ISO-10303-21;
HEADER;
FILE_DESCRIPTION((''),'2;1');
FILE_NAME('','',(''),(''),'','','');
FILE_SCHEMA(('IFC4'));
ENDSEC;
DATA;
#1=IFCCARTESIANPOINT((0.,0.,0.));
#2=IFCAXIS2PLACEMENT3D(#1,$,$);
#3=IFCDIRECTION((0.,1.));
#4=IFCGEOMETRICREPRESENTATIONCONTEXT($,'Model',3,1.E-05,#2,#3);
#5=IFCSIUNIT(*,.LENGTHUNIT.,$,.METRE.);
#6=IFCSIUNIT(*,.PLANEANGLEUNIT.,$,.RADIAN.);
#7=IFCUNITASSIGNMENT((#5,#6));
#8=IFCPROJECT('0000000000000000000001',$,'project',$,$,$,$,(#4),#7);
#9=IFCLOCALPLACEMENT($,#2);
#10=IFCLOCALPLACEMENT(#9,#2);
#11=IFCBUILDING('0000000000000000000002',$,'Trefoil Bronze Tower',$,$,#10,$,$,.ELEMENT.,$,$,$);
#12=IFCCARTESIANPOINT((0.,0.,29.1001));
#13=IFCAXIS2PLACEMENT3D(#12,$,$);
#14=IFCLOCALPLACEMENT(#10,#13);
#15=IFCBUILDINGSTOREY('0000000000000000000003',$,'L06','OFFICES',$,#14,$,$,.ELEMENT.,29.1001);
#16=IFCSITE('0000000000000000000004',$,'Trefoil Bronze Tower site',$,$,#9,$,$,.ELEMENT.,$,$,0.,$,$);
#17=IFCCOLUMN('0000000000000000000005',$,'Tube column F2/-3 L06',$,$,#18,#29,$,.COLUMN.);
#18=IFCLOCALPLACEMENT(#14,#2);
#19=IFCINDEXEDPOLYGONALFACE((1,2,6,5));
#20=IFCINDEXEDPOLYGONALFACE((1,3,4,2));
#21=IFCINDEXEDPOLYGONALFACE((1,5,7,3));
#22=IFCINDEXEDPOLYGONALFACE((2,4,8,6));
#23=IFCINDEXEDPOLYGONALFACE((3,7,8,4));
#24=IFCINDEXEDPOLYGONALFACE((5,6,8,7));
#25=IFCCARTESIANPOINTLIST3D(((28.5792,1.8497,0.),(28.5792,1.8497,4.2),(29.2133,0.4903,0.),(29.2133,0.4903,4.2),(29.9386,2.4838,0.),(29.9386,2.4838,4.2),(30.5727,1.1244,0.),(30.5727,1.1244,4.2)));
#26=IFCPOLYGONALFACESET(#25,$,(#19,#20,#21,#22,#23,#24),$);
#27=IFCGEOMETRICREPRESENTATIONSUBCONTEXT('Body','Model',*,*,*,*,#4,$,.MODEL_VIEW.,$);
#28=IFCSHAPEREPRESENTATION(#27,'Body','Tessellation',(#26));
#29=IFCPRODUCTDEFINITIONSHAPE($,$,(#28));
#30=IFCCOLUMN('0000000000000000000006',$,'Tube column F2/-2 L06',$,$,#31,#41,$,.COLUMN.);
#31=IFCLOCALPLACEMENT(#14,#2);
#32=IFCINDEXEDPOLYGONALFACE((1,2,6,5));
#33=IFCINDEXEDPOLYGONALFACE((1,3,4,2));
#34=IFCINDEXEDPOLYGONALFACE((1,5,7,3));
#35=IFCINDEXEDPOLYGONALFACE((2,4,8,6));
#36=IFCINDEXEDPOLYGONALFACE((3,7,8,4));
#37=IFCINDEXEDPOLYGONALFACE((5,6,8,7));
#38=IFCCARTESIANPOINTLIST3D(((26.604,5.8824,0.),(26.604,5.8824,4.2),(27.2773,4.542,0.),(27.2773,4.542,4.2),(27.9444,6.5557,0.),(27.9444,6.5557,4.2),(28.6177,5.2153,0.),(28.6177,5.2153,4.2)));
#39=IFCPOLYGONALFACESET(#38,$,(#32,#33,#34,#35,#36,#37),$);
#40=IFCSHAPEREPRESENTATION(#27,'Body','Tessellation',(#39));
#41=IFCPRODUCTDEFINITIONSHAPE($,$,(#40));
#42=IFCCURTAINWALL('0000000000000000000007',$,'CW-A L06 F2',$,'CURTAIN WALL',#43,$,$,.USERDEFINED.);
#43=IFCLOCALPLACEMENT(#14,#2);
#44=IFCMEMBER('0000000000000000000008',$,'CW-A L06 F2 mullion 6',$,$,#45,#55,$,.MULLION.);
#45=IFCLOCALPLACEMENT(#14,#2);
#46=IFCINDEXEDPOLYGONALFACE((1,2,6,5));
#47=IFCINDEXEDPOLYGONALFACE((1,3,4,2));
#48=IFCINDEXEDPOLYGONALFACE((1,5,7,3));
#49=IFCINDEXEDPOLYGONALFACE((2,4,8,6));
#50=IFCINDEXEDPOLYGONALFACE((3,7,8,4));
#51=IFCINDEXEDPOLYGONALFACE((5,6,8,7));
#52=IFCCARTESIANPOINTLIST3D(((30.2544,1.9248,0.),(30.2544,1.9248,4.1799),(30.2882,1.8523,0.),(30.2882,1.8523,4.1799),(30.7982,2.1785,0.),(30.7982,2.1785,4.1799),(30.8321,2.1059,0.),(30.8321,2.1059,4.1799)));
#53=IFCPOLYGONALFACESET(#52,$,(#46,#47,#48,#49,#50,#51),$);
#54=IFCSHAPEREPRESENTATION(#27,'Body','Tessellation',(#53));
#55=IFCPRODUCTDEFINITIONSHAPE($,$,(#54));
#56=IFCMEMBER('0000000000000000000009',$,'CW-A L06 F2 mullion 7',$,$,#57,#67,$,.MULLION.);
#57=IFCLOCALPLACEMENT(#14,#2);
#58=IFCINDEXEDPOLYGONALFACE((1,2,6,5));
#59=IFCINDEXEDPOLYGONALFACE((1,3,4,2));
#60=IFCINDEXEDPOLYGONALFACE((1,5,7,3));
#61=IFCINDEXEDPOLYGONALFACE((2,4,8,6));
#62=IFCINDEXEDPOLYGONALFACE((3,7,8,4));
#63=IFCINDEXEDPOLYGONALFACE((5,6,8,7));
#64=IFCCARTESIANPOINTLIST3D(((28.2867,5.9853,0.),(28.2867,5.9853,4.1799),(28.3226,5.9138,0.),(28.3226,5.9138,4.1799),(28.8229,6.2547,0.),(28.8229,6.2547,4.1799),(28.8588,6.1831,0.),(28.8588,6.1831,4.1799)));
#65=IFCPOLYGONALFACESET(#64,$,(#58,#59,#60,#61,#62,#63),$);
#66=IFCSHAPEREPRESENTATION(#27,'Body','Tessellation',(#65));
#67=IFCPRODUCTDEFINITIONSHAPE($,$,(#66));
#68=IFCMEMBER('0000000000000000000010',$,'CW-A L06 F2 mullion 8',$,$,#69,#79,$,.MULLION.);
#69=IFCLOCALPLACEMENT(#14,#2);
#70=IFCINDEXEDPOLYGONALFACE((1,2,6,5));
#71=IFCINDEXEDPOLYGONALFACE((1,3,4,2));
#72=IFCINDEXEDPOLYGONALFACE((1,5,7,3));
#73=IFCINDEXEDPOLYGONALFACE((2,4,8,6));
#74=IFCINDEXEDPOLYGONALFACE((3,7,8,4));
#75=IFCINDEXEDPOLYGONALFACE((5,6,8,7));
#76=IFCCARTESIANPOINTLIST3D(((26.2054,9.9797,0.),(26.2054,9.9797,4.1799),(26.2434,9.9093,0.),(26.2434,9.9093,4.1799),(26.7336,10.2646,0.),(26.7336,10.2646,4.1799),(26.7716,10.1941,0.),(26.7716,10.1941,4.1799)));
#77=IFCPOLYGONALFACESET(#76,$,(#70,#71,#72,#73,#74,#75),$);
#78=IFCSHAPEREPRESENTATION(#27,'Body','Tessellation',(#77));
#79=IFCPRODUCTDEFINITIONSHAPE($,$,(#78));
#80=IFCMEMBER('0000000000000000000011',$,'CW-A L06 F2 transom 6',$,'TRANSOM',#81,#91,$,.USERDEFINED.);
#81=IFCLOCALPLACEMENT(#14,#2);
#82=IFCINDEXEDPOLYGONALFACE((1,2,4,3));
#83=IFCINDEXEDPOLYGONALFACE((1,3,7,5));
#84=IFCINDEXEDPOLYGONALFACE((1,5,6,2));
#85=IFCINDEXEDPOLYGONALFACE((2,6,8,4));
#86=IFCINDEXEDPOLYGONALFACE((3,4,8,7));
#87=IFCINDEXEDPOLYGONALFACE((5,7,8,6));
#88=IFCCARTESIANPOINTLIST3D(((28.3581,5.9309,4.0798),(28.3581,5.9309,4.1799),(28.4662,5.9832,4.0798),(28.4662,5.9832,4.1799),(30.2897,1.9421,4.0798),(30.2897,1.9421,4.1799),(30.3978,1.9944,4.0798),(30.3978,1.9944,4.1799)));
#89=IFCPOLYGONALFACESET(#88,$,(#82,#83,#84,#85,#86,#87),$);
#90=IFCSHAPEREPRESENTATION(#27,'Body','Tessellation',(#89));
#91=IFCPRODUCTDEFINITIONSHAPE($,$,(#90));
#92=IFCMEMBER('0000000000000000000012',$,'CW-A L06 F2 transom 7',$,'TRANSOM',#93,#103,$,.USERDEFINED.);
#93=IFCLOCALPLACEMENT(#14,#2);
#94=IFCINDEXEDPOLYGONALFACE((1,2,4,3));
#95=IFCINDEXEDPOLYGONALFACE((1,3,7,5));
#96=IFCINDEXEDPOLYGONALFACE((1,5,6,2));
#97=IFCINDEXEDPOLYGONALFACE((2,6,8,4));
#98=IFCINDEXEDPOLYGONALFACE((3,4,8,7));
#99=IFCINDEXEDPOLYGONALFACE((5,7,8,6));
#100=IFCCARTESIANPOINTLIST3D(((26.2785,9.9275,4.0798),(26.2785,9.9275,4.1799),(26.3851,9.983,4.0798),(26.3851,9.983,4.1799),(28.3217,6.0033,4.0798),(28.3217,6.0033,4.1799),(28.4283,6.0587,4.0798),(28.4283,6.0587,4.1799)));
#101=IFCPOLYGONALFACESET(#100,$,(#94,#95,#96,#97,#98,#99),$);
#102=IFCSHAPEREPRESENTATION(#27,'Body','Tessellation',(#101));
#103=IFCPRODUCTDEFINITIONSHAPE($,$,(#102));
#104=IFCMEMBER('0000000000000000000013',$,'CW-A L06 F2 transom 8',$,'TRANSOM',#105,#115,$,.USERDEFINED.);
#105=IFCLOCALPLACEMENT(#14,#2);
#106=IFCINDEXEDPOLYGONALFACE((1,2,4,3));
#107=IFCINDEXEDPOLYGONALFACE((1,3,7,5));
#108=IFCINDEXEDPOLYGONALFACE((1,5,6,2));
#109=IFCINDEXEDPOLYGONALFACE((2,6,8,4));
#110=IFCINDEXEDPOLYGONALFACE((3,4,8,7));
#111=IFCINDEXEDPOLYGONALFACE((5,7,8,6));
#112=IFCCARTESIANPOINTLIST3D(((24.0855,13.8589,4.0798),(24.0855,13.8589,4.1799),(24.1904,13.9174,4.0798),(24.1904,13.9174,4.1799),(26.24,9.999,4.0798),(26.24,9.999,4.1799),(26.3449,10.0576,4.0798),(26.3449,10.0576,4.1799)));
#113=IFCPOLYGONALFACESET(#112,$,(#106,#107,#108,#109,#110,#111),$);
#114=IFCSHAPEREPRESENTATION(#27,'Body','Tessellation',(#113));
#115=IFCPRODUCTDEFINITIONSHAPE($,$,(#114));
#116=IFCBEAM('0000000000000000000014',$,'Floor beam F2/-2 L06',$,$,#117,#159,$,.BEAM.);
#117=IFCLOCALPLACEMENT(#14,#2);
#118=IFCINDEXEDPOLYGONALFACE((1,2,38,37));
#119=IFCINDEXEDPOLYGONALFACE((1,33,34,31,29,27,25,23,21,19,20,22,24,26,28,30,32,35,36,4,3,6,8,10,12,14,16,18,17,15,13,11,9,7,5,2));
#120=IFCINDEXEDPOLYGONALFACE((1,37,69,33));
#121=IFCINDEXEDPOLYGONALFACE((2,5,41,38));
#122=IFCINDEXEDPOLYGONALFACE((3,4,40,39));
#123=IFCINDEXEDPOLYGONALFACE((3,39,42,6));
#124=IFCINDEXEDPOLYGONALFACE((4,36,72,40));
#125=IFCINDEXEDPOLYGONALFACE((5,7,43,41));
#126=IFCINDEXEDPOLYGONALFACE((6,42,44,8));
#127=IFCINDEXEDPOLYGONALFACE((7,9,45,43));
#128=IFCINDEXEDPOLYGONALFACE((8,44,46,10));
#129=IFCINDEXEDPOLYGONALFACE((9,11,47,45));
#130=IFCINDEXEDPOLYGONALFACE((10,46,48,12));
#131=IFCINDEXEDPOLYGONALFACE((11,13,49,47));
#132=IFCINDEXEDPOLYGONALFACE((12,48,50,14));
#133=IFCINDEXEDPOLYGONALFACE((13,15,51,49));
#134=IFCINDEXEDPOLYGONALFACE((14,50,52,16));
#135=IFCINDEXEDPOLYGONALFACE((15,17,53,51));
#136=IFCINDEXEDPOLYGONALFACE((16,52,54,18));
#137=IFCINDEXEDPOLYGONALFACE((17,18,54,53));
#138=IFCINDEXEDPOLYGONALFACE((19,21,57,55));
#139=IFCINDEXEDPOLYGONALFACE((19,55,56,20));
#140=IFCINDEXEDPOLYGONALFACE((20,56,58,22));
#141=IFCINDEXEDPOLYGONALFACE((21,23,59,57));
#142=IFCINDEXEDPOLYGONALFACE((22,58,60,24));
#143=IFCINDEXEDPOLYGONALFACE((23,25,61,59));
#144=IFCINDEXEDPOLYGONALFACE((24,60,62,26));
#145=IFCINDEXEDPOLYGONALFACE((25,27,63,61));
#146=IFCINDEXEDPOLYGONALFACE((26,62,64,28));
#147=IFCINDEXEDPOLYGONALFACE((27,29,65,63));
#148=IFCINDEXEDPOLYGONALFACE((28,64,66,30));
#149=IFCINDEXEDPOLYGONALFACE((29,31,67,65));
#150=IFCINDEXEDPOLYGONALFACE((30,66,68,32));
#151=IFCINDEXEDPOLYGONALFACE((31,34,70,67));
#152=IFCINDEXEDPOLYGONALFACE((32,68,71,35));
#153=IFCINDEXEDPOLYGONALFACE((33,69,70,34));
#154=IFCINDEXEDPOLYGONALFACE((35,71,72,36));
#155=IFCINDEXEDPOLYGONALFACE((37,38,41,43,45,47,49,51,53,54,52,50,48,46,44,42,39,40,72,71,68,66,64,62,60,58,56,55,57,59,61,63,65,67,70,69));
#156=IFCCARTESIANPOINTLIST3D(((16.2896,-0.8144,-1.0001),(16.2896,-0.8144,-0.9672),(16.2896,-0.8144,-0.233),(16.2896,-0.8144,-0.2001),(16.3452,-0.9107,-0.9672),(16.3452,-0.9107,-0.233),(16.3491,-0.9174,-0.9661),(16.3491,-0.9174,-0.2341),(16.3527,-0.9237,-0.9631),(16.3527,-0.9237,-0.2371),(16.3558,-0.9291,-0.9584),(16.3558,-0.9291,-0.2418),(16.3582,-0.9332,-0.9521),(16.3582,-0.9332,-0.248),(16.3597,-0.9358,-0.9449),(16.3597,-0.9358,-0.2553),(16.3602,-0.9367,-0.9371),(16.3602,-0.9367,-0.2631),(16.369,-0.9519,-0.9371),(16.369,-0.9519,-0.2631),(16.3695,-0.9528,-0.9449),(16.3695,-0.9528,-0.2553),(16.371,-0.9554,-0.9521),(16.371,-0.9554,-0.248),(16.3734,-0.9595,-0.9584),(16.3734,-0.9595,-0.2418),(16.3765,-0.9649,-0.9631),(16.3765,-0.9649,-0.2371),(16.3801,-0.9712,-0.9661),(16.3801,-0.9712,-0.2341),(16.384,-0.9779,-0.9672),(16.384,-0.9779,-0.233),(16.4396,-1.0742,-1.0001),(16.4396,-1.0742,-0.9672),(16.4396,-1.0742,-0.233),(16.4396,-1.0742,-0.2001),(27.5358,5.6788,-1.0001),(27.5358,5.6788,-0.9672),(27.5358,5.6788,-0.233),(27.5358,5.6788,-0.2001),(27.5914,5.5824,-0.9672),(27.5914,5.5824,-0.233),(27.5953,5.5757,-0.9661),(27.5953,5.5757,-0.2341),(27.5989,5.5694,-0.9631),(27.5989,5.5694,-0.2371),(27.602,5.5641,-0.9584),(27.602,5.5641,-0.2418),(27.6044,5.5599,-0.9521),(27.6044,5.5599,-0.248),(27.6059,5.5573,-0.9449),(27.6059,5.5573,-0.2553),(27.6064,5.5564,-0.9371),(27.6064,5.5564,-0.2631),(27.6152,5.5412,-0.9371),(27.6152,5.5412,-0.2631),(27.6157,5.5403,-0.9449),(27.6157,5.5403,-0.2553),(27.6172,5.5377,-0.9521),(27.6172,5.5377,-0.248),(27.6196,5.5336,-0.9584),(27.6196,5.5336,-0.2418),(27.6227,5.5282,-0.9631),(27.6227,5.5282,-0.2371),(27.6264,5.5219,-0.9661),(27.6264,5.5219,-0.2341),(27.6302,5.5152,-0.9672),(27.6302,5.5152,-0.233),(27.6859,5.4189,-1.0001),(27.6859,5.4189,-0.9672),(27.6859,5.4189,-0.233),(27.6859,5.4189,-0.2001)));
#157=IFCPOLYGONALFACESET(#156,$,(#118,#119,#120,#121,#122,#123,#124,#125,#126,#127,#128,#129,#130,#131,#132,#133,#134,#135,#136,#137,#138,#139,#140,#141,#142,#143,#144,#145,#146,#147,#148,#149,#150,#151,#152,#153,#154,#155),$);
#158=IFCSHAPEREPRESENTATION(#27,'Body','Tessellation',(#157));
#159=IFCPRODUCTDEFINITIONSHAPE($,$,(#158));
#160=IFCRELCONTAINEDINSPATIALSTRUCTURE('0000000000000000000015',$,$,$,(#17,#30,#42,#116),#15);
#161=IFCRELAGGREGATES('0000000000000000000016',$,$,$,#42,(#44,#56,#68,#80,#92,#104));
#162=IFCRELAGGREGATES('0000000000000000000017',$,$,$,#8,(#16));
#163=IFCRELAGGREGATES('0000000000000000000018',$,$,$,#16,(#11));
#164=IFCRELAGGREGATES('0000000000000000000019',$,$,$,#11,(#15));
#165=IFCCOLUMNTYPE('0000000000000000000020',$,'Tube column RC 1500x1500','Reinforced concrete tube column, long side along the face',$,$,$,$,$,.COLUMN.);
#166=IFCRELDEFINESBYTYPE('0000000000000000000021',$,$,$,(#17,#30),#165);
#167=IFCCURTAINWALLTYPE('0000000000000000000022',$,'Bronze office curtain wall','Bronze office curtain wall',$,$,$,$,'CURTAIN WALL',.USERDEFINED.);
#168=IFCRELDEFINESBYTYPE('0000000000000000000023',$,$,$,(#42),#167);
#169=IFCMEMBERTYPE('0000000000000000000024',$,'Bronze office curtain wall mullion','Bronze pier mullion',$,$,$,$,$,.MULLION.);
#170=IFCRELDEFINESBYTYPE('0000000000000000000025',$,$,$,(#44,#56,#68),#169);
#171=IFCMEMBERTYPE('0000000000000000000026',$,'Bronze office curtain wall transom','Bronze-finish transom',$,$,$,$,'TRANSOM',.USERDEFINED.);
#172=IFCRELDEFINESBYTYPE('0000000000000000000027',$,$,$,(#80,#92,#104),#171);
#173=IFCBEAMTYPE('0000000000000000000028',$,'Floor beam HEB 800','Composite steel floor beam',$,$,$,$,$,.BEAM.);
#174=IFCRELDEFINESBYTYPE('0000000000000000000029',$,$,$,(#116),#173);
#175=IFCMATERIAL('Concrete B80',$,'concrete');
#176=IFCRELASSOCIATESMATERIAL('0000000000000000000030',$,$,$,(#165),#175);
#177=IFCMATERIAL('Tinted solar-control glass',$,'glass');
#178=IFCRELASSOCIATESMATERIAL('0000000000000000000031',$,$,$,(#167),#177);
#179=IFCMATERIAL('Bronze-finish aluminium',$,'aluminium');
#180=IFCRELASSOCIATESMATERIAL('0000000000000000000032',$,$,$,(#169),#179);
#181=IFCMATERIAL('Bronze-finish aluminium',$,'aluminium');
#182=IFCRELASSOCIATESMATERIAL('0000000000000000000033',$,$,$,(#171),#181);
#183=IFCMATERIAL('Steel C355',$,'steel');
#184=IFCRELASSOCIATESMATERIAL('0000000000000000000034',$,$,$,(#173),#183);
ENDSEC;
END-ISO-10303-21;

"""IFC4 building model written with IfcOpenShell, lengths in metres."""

from ifc_helpers import new_model, si_unit, direction, frame, origin, origin_2d, place, context, subcontext, project, spatial, rectangle, i_section, extrude, material, material_profile, profile_set, type_object, element, aggregate, save


model = new_model("IFC4")

# Units and contexts
model_context = context("Model", 3, precision=1e-05, world=origin(), true_north=direction((0.0, 1.0)))
body_context = subcontext(model_context, "Body", "Model", "MODEL_VIEW")
ifc_project = project(units=[si_unit("LENGTHUNIT", "METRE"), si_unit("PLANEANGLEUNIT", "RADIAN")], contexts=[model_context])

# Site, building, storey
site_placement = place(None, origin())
site = spatial("IfcSite", under=ifc_project, at=site_placement, Name="Trefoil Bronze Tower site", CompositionType="ELEMENT", RefElevation=0.0)
building_placement = place(site_placement, origin())
building = spatial("IfcBuilding", under=site, at=building_placement, Name="Trefoil Bronze Tower", CompositionType="ELEMENT")
storey_placement = place(building_placement, frame((0.0, 0.0, 29.1001)))
storey = spatial("IfcBuildingStorey", under=building, at=storey_placement, Name="L06", Description="OFFICES", CompositionType="ELEMENT", Elevation=29.1001)

# Columns
ifc_material_1 = material(Name="Concrete B80", Category="concrete")
ifc_material_profile_1 = material_profile(ifc_material_1, rectangle(XDim=1.5, YDim=1.5, at=origin_2d()), Name="RC 1500x1500")
ifc_profile_set_1 = profile_set([ifc_material_profile_1], Name="Concrete B80")
column_type = type_object("IfcColumnType", Name="Tube column RC 1500x1500", Description="Reinforced concrete tube column, long side along the face", PredefinedType="COLUMN", material=ifc_profile_set_1)
for number, where, z_axis, x_axis, name in (
    (1, (29.5759, 1.4871, 0.0), (0.0, 0.0, 1.0), (-0.422701, 0.906269, 0.0), "Tube column F2/-3 L06"),
    (2, (27.6108, 5.5488, 0.0), (0.0, 0.0, 1.0), (-0.44889, 0.893587, 0.0), "Tube column F2/-2 L06"),
):
    element("IfcColumn", number, at=place(storey_placement, frame(where, z_axis=z_axis, x_axis=x_axis)), inside=storey, type_object=column_type, Name=name, PredefinedType="COLUMN", context=body_context, shape_type="SweptSolid", body=[
        extrude(rectangle(XDim=1.5, YDim=1.5, at=origin_2d()), origin(), (0.0, 0.0, 1.0), 4.2),
    ])

# Curtain wall, members
ifc_material_2 = material(Name="Tinted solar-control glass", Category="glass")
curtain_wall_type = type_object("IfcCurtainWallType", Name="Bronze office curtain wall", Description="Bronze office curtain wall", ElementType="CURTAIN WALL", PredefinedType="USERDEFINED", material=ifc_material_2)
curtain_wall_placement = place(storey_placement, origin())
curtain_wall = element("IfcCurtainWall", 3, at=curtain_wall_placement, inside=storey, type_object=curtain_wall_type, Name="CW-A L06 F2", ObjectType="CURTAIN WALL", PredefinedType="USERDEFINED")
ifc_material_3 = material(Name="Bronze-finish aluminium", Category="aluminium")
ifc_material_profile_2 = material_profile(ifc_material_3, rectangle(XDim=0.6001, YDim=0.0801, at=origin_2d()), Name="CW-A mullion")
ifc_profile_set_2 = profile_set([ifc_material_profile_2], Name="Bronze-finish aluminium")
member_type_1 = type_object("IfcMemberType", Name="Bronze office curtain wall mullion", Description="Bronze pier mullion", PredefinedType="MULLION", material=ifc_profile_set_2)
member_1_placement = place(storey_placement, frame((30.5432, 2.0154, 0.0), z_axis=(0.0, 0.0, 1.0), x_axis=(-0.906269, -0.422701, 0.0)))
member_1 = element("IfcMember", 4, at=member_1_placement, type_object=member_type_1, Name="CW-A L06 F2 mullion 6", PredefinedType="MULLION", context=body_context, shape_type="SweptSolid", body=[
    extrude(rectangle(XDim=0.6001, YDim=0.0801, at=origin_2d()), origin(), (0.0, 0.0, 1.0), 4.1799),
])
member_2_placement = place(storey_placement, frame((28.5728, 6.0842, 0.0), z_axis=(0.0, 0.0, 1.0), x_axis=(-0.893587, -0.44889, 0.0)))
member_2 = element("IfcMember", 5, at=member_2_placement, type_object=member_type_1, Name="CW-A L06 F2 mullion 7", PredefinedType="MULLION", context=body_context, shape_type="SweptSolid", body=[
    extrude(rectangle(XDim=0.6001, YDim=0.0801, at=origin_2d()), origin(), (0.0, 0.0, 1.0), 4.1799),
])
member_3_placement = place(storey_placement, frame((26.4885, 10.0869, 0.0), z_axis=(0.0, 0.0, 1.0), x_axis=(-0.880171, -0.474656, 0.0)))
member_3 = element("IfcMember", 6, at=member_3_placement, type_object=member_type_1, Name="CW-A L06 F2 mullion 8", PredefinedType="MULLION", context=body_context, shape_type="SweptSolid", body=[
    extrude(rectangle(XDim=0.6001, YDim=0.0801, at=origin_2d()), origin(), (0.0, 0.0, 1.0), 4.1799),
])
ifc_material_4 = material(Name="Bronze-finish aluminium", Category="aluminium")
ifc_material_profile_3 = material_profile(ifc_material_4, rectangle(XDim=0.1201, YDim=0.1001, at=origin_2d()), Name="CW-A transom")
ifc_profile_set_3 = profile_set([ifc_material_profile_3], Name="Bronze-finish aluminium")
member_type_2 = type_object("IfcMemberType", Name="Bronze office curtain wall transom", Description="Bronze-finish transom", ElementType="TRANSOM", PredefinedType="USERDEFINED", material=ifc_profile_set_3)
member_4_placement = place(storey_placement, frame((30.3438, 1.9683, 4.1299), z_axis=(-0.435852, 0.900018, 0.0), x_axis=(-0.900018, -0.435852, 0.0)))
member_4 = element("IfcMember", 7, at=member_4_placement, type_object=member_type_2, Name="CW-A L06 F2 transom 6", ObjectType="TRANSOM", PredefinedType="USERDEFINED", context=body_context, shape_type="SweptSolid", body=[
    extrude(rectangle(XDim=0.1201, YDim=0.1001, at=origin_2d()), origin(), (0.0, 0.0, 1.0), 4.4319),
])
member_5_placement = place(storey_placement, frame((28.375, 6.031, 4.1299), z_axis=(-0.46181, 0.886979, 0.0), x_axis=(-0.886979, -0.46181, 0.0)))
member_5 = element("IfcMember", 8, at=member_5_placement, type_object=member_type_2, Name="CW-A L06 F2 transom 7", ObjectType="TRANSOM", PredefinedType="USERDEFINED", context=body_context, shape_type="SweptSolid", body=[
    extrude(rectangle(XDim=0.1201, YDim=0.1001, at=origin_2d()), origin(), (0.0, 0.0, 1.0), 4.4243),
])
member_6_placement = place(storey_placement, frame((26.2925, 10.0283, 4.1299), z_axis=(-0.4874, 0.873179, 0.0), x_axis=(-0.873179, -0.4874, 0.0)))
member_6 = element("IfcMember", 9, at=member_6_placement, type_object=member_type_2, Name="CW-A L06 F2 transom 8", ObjectType="TRANSOM", PredefinedType="USERDEFINED", context=body_context, shape_type="SweptSolid", body=[
    extrude(rectangle(XDim=0.1201, YDim=0.1001, at=origin_2d()), origin(), (0.0, 0.0, 1.0), 4.4204),
])

# Beam
ifc_material_5 = material(Name="Steel C355", Category="steel")
ifc_material_profile_4 = material_profile(ifc_material_5, i_section(OverallWidth=0.3, OverallDepth=0.8, WebThickness=0.0176, FlangeThickness=0.033, FilletRadius=0.03, at=origin_2d()), Name="HEB 800")
ifc_profile_set_4 = profile_set([ifc_material_profile_4], Name="Steel C355")
beam_type_1 = type_object("IfcBeamType", Name="Floor beam HEB 800", Description="Composite steel floor beam", PredefinedType="BEAM", material=ifc_profile_set_4)
beam_1_placement = place(storey_placement, frame((27.6108, 5.5488, -0.6001), z_axis=(-0.866022, -0.500005, 0.0), x_axis=(0.500005, -0.866022, 0.0)))
element("IfcBeam", 10, at=beam_1_placement, inside=storey, type_object=beam_type_1, Name="Floor beam F2/-2 L06", PredefinedType="BEAM", context=body_context, shape_type="SweptSolid", body=[
    extrude(i_section(OverallWidth=0.3, OverallDepth=0.8, WebThickness=0.0176, FlangeThickness=0.033, FilletRadius=0.03, at=origin_2d()), origin(), (0.0, 0.0, 1.0), 12.9861),
])

aggregate(curtain_wall, [member_1, member_2, member_3, member_4, member_5, member_6])

save(model, "model.ifc")
